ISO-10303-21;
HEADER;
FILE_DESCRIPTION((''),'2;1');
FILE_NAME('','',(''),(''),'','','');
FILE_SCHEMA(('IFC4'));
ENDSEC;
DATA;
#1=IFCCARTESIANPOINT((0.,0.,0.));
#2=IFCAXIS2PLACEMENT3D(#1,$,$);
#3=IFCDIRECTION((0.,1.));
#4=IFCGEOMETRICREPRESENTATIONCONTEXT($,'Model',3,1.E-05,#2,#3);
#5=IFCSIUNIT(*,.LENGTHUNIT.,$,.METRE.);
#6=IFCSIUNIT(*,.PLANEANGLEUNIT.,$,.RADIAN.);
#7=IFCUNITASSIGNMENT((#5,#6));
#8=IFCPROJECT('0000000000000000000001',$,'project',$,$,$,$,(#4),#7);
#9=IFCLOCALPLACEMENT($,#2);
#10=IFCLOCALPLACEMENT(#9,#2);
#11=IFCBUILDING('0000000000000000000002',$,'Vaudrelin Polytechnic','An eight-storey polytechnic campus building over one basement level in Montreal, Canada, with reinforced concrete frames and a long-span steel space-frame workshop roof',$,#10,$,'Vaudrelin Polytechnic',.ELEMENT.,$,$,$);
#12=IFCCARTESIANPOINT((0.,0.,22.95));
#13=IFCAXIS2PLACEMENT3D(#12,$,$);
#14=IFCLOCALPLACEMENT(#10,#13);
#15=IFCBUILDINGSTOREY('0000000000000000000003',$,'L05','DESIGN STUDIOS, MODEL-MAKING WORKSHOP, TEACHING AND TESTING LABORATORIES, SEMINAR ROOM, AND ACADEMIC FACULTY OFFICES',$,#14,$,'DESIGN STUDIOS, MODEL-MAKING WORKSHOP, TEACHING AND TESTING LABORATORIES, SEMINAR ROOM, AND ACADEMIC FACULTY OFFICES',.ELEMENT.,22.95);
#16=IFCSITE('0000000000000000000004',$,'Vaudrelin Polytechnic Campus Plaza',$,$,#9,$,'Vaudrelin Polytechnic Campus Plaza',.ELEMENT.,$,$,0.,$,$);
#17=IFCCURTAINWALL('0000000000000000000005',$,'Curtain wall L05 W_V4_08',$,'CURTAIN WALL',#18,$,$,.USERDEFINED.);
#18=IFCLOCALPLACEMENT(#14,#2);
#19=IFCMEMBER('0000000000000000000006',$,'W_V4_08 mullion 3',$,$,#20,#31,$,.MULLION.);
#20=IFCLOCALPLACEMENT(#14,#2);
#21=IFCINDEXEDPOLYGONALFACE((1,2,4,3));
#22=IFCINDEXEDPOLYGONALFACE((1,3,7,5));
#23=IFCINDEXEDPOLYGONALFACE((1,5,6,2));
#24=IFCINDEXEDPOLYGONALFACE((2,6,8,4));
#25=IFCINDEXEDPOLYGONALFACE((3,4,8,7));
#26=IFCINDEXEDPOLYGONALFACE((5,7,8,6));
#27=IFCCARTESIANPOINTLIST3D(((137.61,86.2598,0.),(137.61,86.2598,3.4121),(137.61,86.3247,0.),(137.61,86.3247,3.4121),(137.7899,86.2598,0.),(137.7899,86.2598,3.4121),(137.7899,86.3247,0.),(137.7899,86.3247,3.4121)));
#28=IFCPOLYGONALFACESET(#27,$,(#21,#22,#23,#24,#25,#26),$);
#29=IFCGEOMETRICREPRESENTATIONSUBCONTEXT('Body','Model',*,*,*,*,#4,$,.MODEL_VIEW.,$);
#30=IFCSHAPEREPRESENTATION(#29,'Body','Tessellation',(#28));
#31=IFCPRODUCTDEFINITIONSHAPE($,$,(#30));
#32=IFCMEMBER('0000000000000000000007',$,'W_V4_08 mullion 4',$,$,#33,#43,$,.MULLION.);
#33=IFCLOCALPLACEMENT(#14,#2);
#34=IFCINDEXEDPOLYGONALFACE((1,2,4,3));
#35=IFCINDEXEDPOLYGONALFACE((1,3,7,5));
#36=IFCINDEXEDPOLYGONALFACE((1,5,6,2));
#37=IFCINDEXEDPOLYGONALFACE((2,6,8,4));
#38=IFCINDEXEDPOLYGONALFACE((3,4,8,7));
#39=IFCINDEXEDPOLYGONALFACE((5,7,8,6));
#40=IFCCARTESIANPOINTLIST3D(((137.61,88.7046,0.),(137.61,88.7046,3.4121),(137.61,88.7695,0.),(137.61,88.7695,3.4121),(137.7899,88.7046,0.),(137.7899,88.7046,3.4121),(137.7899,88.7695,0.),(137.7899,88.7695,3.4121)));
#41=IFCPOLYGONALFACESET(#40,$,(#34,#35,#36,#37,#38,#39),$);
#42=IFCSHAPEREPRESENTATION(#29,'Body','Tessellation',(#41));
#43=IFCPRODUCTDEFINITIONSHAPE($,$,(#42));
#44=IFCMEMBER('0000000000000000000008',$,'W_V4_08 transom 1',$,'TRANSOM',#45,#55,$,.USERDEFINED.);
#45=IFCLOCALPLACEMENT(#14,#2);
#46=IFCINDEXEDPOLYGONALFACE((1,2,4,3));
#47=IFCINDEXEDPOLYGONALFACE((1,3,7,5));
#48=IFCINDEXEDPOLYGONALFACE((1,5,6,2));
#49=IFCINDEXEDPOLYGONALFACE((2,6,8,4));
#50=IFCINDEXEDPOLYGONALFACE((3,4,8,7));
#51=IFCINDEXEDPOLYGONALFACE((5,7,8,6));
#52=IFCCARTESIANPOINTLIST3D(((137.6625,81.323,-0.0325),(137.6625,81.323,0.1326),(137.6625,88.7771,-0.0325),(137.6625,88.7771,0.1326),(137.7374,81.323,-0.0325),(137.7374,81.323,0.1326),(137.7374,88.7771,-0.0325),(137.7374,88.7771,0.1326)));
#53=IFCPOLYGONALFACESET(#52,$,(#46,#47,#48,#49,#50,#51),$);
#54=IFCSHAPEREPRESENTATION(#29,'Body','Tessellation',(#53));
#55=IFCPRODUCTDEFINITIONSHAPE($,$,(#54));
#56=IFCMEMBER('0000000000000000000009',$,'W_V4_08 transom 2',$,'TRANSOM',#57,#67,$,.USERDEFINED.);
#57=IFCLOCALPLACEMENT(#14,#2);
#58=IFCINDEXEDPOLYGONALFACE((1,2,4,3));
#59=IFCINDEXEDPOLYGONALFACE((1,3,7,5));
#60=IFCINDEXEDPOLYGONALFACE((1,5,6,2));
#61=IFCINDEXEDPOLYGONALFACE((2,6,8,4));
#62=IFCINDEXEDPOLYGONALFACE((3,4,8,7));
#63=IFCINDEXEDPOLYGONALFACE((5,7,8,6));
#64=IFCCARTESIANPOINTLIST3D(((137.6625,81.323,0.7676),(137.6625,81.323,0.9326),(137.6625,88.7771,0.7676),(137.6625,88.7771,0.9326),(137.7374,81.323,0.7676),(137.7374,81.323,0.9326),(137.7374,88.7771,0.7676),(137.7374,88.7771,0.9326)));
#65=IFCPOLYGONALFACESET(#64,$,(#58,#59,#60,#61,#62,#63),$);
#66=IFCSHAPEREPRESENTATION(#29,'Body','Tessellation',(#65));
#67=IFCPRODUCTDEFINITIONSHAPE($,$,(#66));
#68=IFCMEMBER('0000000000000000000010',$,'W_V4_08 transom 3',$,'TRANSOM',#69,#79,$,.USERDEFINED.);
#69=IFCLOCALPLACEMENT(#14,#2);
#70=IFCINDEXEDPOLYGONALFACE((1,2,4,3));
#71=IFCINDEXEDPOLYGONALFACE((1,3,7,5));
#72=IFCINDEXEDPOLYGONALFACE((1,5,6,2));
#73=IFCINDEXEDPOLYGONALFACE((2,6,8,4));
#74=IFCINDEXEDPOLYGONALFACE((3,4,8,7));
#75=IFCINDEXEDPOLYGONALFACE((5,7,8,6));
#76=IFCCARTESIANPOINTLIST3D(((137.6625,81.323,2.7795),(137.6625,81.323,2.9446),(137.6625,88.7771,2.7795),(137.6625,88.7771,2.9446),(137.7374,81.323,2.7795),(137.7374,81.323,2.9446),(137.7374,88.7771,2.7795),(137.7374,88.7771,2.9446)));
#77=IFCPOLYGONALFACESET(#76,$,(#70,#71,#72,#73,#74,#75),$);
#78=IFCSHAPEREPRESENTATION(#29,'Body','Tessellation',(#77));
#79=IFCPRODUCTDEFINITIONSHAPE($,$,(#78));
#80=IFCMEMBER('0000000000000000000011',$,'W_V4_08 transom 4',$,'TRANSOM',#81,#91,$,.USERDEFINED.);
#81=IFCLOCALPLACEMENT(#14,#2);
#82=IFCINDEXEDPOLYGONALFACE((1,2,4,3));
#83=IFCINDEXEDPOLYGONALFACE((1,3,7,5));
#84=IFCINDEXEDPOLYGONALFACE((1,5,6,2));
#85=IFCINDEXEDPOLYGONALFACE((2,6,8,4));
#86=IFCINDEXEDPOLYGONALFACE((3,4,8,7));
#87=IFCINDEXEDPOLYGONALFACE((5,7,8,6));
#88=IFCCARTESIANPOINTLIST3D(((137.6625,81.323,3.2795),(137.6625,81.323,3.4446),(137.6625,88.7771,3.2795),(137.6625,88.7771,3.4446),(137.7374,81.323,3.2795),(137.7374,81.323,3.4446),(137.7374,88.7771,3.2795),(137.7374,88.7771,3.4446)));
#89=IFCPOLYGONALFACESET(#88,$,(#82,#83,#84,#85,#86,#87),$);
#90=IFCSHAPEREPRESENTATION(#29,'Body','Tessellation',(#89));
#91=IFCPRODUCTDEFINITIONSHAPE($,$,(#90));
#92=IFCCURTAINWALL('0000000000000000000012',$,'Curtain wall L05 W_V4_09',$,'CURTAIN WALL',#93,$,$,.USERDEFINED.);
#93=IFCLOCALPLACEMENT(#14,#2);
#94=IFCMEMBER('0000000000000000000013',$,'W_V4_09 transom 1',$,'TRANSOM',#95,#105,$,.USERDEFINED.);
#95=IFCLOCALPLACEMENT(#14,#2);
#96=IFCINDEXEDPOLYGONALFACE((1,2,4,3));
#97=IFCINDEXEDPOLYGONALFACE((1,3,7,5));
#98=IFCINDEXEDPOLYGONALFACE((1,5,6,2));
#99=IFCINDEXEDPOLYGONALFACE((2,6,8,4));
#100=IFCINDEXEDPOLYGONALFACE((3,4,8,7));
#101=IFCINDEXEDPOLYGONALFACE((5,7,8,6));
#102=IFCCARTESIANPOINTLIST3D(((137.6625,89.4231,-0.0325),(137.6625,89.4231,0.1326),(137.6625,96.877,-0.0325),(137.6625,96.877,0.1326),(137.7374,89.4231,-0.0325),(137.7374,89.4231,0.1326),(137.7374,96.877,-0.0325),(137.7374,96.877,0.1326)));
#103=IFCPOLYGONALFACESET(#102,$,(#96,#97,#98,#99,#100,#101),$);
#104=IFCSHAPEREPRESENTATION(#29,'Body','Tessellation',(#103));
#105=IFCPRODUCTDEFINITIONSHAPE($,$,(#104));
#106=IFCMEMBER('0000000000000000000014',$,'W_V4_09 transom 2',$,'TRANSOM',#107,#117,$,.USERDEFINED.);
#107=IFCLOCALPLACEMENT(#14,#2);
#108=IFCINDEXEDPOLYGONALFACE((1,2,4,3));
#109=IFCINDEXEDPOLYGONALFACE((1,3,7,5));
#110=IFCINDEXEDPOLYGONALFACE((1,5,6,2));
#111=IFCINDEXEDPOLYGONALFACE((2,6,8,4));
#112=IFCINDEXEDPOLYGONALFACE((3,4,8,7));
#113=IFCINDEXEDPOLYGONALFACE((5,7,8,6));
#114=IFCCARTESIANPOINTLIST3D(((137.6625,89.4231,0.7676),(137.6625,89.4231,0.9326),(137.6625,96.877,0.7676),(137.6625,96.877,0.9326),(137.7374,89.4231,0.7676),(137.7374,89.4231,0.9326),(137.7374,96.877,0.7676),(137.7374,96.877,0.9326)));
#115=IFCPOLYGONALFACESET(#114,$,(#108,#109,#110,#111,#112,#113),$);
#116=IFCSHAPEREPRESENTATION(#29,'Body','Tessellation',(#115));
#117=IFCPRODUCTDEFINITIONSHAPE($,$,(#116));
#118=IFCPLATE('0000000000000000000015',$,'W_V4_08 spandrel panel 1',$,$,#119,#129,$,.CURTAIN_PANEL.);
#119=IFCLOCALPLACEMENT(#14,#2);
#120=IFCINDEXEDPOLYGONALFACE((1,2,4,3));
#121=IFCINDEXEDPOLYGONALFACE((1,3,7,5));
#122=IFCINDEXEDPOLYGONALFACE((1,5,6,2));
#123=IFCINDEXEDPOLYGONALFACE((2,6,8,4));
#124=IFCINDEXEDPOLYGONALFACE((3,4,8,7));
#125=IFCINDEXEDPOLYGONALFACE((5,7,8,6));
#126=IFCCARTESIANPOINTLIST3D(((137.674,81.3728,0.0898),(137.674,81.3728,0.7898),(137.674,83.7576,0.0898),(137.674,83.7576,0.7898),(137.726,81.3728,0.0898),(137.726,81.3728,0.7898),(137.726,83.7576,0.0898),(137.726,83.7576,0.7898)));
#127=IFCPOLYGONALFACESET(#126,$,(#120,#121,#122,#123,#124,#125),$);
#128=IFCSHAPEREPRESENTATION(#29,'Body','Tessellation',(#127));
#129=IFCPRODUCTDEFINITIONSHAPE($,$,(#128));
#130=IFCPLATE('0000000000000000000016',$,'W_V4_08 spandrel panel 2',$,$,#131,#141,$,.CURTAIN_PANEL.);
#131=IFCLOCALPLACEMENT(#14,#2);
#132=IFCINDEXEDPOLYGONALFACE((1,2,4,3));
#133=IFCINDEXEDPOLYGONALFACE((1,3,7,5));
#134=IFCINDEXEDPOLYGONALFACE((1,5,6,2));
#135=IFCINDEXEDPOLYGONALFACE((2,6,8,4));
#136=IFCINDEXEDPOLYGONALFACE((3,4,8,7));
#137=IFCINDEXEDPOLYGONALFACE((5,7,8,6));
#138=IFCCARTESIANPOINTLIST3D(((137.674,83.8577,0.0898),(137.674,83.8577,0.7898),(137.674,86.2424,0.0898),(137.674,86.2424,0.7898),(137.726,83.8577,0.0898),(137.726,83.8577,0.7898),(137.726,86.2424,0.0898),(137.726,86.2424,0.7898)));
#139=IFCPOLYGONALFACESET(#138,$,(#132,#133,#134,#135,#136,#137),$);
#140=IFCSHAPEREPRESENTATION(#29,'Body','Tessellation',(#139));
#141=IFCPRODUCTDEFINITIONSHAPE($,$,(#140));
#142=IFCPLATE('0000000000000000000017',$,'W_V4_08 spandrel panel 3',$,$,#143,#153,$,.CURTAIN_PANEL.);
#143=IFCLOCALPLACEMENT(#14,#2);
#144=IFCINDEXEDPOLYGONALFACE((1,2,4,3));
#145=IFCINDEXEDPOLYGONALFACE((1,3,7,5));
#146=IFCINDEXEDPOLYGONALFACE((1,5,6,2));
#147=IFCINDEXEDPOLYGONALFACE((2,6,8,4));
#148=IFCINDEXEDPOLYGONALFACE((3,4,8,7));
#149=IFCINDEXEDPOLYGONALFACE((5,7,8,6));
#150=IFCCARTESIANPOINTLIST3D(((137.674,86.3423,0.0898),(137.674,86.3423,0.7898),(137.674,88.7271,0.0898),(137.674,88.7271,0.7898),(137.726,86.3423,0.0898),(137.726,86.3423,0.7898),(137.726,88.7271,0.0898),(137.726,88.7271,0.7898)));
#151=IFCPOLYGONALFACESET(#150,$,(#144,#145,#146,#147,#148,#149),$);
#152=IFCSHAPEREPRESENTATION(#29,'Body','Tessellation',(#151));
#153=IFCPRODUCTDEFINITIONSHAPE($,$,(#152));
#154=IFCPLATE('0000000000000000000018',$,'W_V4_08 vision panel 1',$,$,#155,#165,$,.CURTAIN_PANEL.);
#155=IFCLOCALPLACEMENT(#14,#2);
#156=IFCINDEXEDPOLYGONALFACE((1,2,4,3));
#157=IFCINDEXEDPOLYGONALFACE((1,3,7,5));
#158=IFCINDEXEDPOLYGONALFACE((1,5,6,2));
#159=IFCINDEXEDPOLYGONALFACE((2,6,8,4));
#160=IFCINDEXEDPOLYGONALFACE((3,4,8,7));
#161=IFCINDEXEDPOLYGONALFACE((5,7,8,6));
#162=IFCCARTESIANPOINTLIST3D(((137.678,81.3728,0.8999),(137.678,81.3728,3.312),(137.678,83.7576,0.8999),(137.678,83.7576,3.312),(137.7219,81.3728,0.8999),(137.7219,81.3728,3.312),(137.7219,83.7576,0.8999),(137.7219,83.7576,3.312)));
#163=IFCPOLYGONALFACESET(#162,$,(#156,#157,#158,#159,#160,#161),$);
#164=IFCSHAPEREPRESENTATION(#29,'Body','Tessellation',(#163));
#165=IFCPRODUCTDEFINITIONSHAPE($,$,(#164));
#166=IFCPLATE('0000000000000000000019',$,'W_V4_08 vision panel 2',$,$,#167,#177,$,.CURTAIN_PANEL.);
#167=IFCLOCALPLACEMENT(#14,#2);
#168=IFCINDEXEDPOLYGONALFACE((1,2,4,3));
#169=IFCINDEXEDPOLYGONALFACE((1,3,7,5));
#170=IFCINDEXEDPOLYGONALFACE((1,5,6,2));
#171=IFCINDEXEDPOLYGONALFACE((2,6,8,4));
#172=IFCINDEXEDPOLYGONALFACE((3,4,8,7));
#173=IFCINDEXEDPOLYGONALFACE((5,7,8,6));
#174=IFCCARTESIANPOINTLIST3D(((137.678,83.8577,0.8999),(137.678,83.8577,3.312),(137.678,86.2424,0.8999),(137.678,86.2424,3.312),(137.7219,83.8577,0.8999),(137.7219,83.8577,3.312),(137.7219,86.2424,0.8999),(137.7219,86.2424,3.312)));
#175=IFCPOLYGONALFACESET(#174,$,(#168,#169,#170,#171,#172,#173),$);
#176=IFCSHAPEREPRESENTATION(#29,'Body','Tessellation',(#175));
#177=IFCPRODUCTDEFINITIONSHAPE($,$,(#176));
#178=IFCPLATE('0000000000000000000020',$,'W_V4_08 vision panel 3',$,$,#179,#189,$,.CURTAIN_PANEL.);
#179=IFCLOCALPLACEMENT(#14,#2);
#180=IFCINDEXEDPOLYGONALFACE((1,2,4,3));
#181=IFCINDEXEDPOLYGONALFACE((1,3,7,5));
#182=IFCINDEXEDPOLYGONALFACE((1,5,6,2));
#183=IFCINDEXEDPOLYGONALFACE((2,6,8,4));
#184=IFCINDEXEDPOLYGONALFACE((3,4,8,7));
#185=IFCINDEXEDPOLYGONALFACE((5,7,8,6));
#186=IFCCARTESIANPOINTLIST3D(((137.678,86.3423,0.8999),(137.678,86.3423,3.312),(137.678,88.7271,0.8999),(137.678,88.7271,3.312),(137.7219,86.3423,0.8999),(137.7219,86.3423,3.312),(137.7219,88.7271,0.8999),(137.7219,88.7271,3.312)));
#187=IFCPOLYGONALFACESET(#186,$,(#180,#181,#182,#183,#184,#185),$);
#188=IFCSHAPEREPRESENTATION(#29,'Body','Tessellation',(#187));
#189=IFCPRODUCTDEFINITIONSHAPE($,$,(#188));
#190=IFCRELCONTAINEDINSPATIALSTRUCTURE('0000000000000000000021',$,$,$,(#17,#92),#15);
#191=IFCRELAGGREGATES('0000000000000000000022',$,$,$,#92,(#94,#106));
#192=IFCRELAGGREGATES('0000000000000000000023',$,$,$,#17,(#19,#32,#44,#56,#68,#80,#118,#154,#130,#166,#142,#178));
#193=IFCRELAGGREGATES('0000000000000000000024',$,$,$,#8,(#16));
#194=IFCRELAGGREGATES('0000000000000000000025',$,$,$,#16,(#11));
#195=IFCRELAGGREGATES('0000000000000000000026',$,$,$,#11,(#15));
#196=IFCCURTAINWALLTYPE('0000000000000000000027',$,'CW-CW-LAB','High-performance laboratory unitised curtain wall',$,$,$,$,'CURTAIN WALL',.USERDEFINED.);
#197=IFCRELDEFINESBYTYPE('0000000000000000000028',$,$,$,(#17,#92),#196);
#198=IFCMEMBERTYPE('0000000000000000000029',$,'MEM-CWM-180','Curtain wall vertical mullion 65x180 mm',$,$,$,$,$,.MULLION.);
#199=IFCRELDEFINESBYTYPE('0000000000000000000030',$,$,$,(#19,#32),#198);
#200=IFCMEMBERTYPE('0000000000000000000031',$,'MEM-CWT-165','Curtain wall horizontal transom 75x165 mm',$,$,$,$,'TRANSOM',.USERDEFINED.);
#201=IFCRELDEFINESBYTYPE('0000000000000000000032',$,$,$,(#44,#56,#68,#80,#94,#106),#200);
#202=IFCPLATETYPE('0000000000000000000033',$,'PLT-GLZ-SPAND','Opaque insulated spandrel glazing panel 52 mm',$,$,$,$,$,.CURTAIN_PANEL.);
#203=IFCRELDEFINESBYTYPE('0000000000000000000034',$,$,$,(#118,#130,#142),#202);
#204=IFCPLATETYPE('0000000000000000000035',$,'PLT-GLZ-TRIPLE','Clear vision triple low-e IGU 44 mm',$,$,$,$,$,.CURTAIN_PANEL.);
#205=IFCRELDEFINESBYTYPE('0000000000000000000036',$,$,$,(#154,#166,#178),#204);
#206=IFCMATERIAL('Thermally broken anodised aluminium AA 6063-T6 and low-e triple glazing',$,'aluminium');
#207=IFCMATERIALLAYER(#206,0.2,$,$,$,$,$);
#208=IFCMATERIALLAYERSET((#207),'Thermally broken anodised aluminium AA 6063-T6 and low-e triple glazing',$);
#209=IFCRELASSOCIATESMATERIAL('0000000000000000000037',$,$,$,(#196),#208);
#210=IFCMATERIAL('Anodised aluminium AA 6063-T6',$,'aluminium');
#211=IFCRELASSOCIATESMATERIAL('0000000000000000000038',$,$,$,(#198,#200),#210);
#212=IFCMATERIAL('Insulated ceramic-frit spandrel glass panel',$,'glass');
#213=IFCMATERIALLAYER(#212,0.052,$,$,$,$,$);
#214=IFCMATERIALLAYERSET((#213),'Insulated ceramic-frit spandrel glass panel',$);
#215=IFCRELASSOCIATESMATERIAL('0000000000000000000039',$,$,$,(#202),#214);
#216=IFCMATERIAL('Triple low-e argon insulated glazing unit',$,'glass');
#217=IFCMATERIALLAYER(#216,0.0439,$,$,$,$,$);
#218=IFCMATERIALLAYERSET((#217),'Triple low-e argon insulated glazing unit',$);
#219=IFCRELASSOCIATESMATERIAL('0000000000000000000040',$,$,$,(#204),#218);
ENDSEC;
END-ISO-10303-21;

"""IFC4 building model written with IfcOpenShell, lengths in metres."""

from ifc_helpers import new_model, si_unit, direction, frame, origin, origin_2d, place, context, subcontext, project, spatial, rectangle, extrude, material, layer, layer_set, material_profile, profile_set, type_object, element, aggregate, save


model = new_model("IFC4")

# Units and contexts
model_context = context("Model", 3, precision=1e-05, world=origin(), true_north=direction((0.0, 1.0)))
body_context = subcontext(model_context, "Body", "Model", "MODEL_VIEW")
ifc_project = project(units=[si_unit("LENGTHUNIT", "METRE"), si_unit("PLANEANGLEUNIT", "RADIAN")], contexts=[model_context])

# Site, building, storey
site_placement = place(None, origin())
site = spatial("IfcSite", under=ifc_project, at=site_placement, Name="Vaudrelin Polytechnic Campus Plaza", LongName="Vaudrelin Polytechnic Campus Plaza", CompositionType="ELEMENT", RefElevation=0.0)
building_placement = place(site_placement, origin())
building = spatial("IfcBuilding", under=site, at=building_placement, Name="Vaudrelin Polytechnic", Description="An eight-storey polytechnic campus building over one basement level in Montreal, Canada, with reinforced concrete frames and a long-span steel space-frame workshop roof", LongName="Vaudrelin Polytechnic", CompositionType="ELEMENT")
storey_placement = place(building_placement, frame((0.0, 0.0, 22.95)))
storey = spatial("IfcBuildingStorey", under=building, at=storey_placement, Name="L05", Description="DESIGN STUDIOS, MODEL-MAKING WORKSHOP, TEACHING AND TESTING LABORATORIES, SEMINAR ROOM, AND ACADEMIC FACULTY OFFICES", LongName="DESIGN STUDIOS, MODEL-MAKING WORKSHOP, TEACHING AND TESTING LABORATORIES, SEMINAR ROOM, AND ACADEMIC FACULTY OFFICES", CompositionType="ELEMENT", Elevation=22.95)

# Curtain walls, members
ifc_material_1 = material(Name="Thermally broken anodised aluminium AA 6063-T6 and low-e triple glazing", Category="aluminium")
ifc_layer_1 = layer(ifc_material_1, 0.2)
ifc_layer_set_1 = layer_set([ifc_layer_1], Name="Thermally broken anodised aluminium AA 6063-T6 and low-e triple glazing")
curtain_wall_type = type_object("IfcCurtainWallType", Name="CW-CW-LAB", Description="High-performance laboratory unitised curtain wall", ElementType="CURTAIN WALL", PredefinedType="USERDEFINED", material=ifc_layer_set_1)
curtain_wall_1_placement = place(storey_placement, origin())
curtain_wall_1 = element("IfcCurtainWall", 1, at=curtain_wall_1_placement, inside=storey, type_object=curtain_wall_type, Name="Curtain wall L05 W_V4_08", ObjectType="CURTAIN WALL", PredefinedType="USERDEFINED")
ifc_material_2 = material(Name="Anodised aluminium AA 6063-T6", Category="aluminium")
ifc_material_profile_1 = material_profile(ifc_material_2, rectangle(XDim=0.0649, YDim=0.1799, at=origin_2d()), Name="CWM-65x180")
ifc_profile_set_1 = profile_set([ifc_material_profile_1], Name="Anodised aluminium AA 6063-T6")
member_type_1 = type_object("IfcMemberType", Name="MEM-CWM-180", Description="Curtain wall vertical mullion 65x180 mm", PredefinedType="MULLION", material=ifc_profile_set_1)
member_1_placement = place(storey_placement, frame((137.7, 86.2922, 0.0), z_axis=(0.0, 0.0, 1.0), x_axis=(0.0, 1.0, 0.0)))
member_1 = element("IfcMember", 2, at=member_1_placement, type_object=member_type_1, Name="W_V4_08 mullion 3", PredefinedType="MULLION", context=body_context, shape_type="SweptSolid", body=[
    extrude(rectangle(XDim=0.0649, YDim=0.1799, at=origin_2d()), origin(), (0.0, 0.0, 1.0), 3.4121),
])
member_2_placement = place(storey_placement, frame((137.7, 88.7371, 0.0), z_axis=(0.0, 0.0, 1.0), x_axis=(0.0, 1.0, 0.0)))
member_2 = element("IfcMember", 3, at=member_2_placement, type_object=member_type_1, Name="W_V4_08 mullion 4", PredefinedType="MULLION", context=body_context, shape_type="SweptSolid", body=[
    extrude(rectangle(XDim=0.0649, YDim=0.1799, at=origin_2d()), origin(), (0.0, 0.0, 1.0), 3.4121),
])
ifc_material_profile_2 = material_profile(ifc_material_2, rectangle(XDim=0.075, YDim=0.165, at=origin_2d()), Name="CWT-75x165")
ifc_profile_set_2 = profile_set([ifc_material_profile_2], Name="Anodised aluminium AA 6063-T6")
member_type_2 = type_object("IfcMemberType", Name="MEM-CWT-165", Description="Curtain wall horizontal transom 75x165 mm", ElementType="TRANSOM", PredefinedType="USERDEFINED", material=ifc_profile_set_2)
member_3_placement = place(storey_placement, frame((137.7, 81.323, 0.05), z_axis=(0.0, 1.0, 0.0), x_axis=(-1.0, 0.0, 0.0)))
member_3 = element("IfcMember", 4, at=member_3_placement, type_object=member_type_2, Name="W_V4_08 transom 1", ObjectType="TRANSOM", PredefinedType="USERDEFINED", context=body_context, shape_type="SweptSolid", body=[
    extrude(rectangle(XDim=0.075, YDim=0.165, at=origin_2d()), origin(), (0.0, 0.0, 1.0), 7.4541),
])
member_4_placement = place(storey_placement, frame((137.7, 81.323, 0.8501), z_axis=(0.0, 1.0, 0.0), x_axis=(-1.0, 0.0, 0.0)))
member_4 = element("IfcMember", 5, at=member_4_placement, type_object=member_type_2, Name="W_V4_08 transom 2", ObjectType="TRANSOM", PredefinedType="USERDEFINED", context=body_context, shape_type="SweptSolid", body=[
    extrude(rectangle(XDim=0.075, YDim=0.165, at=origin_2d()), origin(), (0.0, 0.0, 1.0), 7.4541),
])
member_5_placement = place(storey_placement, frame((137.7, 81.323, 2.8621), z_axis=(0.0, 1.0, 0.0), x_axis=(-1.0, 0.0, 0.0)))
member_5 = element("IfcMember", 6, at=member_5_placement, type_object=member_type_2, Name="W_V4_08 transom 3", ObjectType="TRANSOM", PredefinedType="USERDEFINED", context=body_context, shape_type="SweptSolid", body=[
    extrude(rectangle(XDim=0.075, YDim=0.165, at=origin_2d()), origin(), (0.0, 0.0, 1.0), 7.4541),
])
member_6_placement = place(storey_placement, frame((137.7, 81.323, 3.3621), z_axis=(0.0, 1.0, 0.0), x_axis=(-1.0, 0.0, 0.0)))
member_6 = element("IfcMember", 7, at=member_6_placement, type_object=member_type_2, Name="W_V4_08 transom 4", ObjectType="TRANSOM", PredefinedType="USERDEFINED", context=body_context, shape_type="SweptSolid", body=[
    extrude(rectangle(XDim=0.075, YDim=0.165, at=origin_2d()), origin(), (0.0, 0.0, 1.0), 7.4541),
])
curtain_wall_2_placement = place(storey_placement, origin())
curtain_wall_2 = element("IfcCurtainWall", 8, at=curtain_wall_2_placement, inside=storey, type_object=curtain_wall_type, Name="Curtain wall L05 W_V4_09", ObjectType="CURTAIN WALL", PredefinedType="USERDEFINED")
member_7_placement = place(storey_placement, frame((137.7, 89.4231, 0.05), z_axis=(0.0, 1.0, 0.0), x_axis=(-1.0, 0.0, 0.0)))
member_7 = element("IfcMember", 9, at=member_7_placement, type_object=member_type_2, Name="W_V4_09 transom 1", ObjectType="TRANSOM", PredefinedType="USERDEFINED", context=body_context, shape_type="SweptSolid", body=[
    extrude(rectangle(XDim=0.075, YDim=0.165, at=origin_2d()), origin(), (0.0, 0.0, 1.0), 7.4539),
])
member_8_placement = place(storey_placement, frame((137.7, 89.4231, 0.8501), z_axis=(0.0, 1.0, 0.0), x_axis=(-1.0, 0.0, 0.0)))
member_8 = element("IfcMember", 10, at=member_8_placement, type_object=member_type_2, Name="W_V4_09 transom 2", ObjectType="TRANSOM", PredefinedType="USERDEFINED", context=body_context, shape_type="SweptSolid", body=[
    extrude(rectangle(XDim=0.075, YDim=0.165, at=origin_2d()), origin(), (0.0, 0.0, 1.0), 7.4539),
])
aggregate(curtain_wall_2, [member_7, member_8])

# Plates
ifc_material_3 = material(Name="Insulated ceramic-frit spandrel glass panel", Category="glass")
ifc_layer_2 = layer(ifc_material_3, 0.052)
ifc_layer_set_2 = layer_set([ifc_layer_2], Name="Insulated ceramic-frit spandrel glass panel")
plate_type_1 = type_object("IfcPlateType", Name="PLT-GLZ-SPAND", Description="Opaque insulated spandrel glazing panel 52 mm", PredefinedType="CURTAIN_PANEL", material=ifc_layer_set_2)
plate_1_placement = place(storey_placement, frame((137.7, 82.5652, 0.0898), z_axis=(0.0, 0.0, 1.0), x_axis=(0.0, 1.0, 0.0)))
plate_1 = element("IfcPlate", 11, at=plate_1_placement, type_object=plate_type_1, Name="W_V4_08 spandrel panel 1", PredefinedType="CURTAIN_PANEL", context=body_context, shape_type="SweptSolid", body=[
    extrude(rectangle(XDim=2.3848, YDim=0.052, at=origin_2d()), origin(), (0.0, 0.0, 1.0), 0.7),
])
plate_2_placement = place(storey_placement, frame((137.7, 85.05, 0.0898), z_axis=(0.0, 0.0, 1.0), x_axis=(0.0, 1.0, 0.0)))
plate_2 = element("IfcPlate", 12, at=plate_2_placement, type_object=plate_type_1, Name="W_V4_08 spandrel panel 2", PredefinedType="CURTAIN_PANEL", context=body_context, shape_type="SweptSolid", body=[
    extrude(rectangle(XDim=2.3848, YDim=0.052, at=origin_2d()), origin(), (0.0, 0.0, 1.0), 0.7),
])
plate_3_placement = place(storey_placement, frame((137.7, 87.5347, 0.0898), z_axis=(0.0, 0.0, 1.0), x_axis=(0.0, 1.0, 0.0)))
plate_3 = element("IfcPlate", 13, at=plate_3_placement, type_object=plate_type_1, Name="W_V4_08 spandrel panel 3", PredefinedType="CURTAIN_PANEL", context=body_context, shape_type="SweptSolid", body=[
    extrude(rectangle(XDim=2.3848, YDim=0.052, at=origin_2d()), origin(), (0.0, 0.0, 1.0), 0.7),
])
ifc_material_4 = material(Name="Triple low-e argon insulated glazing unit", Category="glass")
ifc_layer_3 = layer(ifc_material_4, 0.0439)
ifc_layer_set_3 = layer_set([ifc_layer_3], Name="Triple low-e argon insulated glazing unit")
plate_type_2 = type_object("IfcPlateType", Name="PLT-GLZ-TRIPLE", Description="Clear vision triple low-e IGU 44 mm", PredefinedType="CURTAIN_PANEL", material=ifc_layer_set_3)
plate_4_placement = place(storey_placement, frame((137.7, 82.5652, 0.8999), z_axis=(0.0, 0.0, 1.0), x_axis=(0.0, 1.0, 0.0)))
plate_4 = element("IfcPlate", 14, at=plate_4_placement, type_object=plate_type_2, Name="W_V4_08 vision panel 1", PredefinedType="CURTAIN_PANEL", context=body_context, shape_type="SweptSolid", body=[
    extrude(rectangle(XDim=2.3848, YDim=0.0439, at=origin_2d()), origin(), (0.0, 0.0, 1.0), 2.4121),
])
plate_5_placement = place(storey_placement, frame((137.7, 85.05, 0.8999), z_axis=(0.0, 0.0, 1.0), x_axis=(0.0, 1.0, 0.0)))
plate_5 = element("IfcPlate", 15, at=plate_5_placement, type_object=plate_type_2, Name="W_V4_08 vision panel 2", PredefinedType="CURTAIN_PANEL", context=body_context, shape_type="SweptSolid", body=[
    extrude(rectangle(XDim=2.3848, YDim=0.0439, at=origin_2d()), origin(), (0.0, 0.0, 1.0), 2.4121),
])
plate_6_placement = place(storey_placement, frame((137.7, 87.5347, 0.8999), z_axis=(0.0, 0.0, 1.0), x_axis=(0.0, 1.0, 0.0)))
plate_6 = element("IfcPlate", 16, at=plate_6_placement, type_object=plate_type_2, Name="W_V4_08 vision panel 3", PredefinedType="CURTAIN_PANEL", context=body_context, shape_type="SweptSolid", body=[
    extrude(rectangle(XDim=2.3848, YDim=0.0439, at=origin_2d()), origin(), (0.0, 0.0, 1.0), 2.4121),
])
aggregate(curtain_wall_1, [member_1, member_2, member_3, member_4, member_5, member_6, plate_1, plate_4, plate_2, plate_5, plate_3, plate_6])

save(model, "model.ifc")
